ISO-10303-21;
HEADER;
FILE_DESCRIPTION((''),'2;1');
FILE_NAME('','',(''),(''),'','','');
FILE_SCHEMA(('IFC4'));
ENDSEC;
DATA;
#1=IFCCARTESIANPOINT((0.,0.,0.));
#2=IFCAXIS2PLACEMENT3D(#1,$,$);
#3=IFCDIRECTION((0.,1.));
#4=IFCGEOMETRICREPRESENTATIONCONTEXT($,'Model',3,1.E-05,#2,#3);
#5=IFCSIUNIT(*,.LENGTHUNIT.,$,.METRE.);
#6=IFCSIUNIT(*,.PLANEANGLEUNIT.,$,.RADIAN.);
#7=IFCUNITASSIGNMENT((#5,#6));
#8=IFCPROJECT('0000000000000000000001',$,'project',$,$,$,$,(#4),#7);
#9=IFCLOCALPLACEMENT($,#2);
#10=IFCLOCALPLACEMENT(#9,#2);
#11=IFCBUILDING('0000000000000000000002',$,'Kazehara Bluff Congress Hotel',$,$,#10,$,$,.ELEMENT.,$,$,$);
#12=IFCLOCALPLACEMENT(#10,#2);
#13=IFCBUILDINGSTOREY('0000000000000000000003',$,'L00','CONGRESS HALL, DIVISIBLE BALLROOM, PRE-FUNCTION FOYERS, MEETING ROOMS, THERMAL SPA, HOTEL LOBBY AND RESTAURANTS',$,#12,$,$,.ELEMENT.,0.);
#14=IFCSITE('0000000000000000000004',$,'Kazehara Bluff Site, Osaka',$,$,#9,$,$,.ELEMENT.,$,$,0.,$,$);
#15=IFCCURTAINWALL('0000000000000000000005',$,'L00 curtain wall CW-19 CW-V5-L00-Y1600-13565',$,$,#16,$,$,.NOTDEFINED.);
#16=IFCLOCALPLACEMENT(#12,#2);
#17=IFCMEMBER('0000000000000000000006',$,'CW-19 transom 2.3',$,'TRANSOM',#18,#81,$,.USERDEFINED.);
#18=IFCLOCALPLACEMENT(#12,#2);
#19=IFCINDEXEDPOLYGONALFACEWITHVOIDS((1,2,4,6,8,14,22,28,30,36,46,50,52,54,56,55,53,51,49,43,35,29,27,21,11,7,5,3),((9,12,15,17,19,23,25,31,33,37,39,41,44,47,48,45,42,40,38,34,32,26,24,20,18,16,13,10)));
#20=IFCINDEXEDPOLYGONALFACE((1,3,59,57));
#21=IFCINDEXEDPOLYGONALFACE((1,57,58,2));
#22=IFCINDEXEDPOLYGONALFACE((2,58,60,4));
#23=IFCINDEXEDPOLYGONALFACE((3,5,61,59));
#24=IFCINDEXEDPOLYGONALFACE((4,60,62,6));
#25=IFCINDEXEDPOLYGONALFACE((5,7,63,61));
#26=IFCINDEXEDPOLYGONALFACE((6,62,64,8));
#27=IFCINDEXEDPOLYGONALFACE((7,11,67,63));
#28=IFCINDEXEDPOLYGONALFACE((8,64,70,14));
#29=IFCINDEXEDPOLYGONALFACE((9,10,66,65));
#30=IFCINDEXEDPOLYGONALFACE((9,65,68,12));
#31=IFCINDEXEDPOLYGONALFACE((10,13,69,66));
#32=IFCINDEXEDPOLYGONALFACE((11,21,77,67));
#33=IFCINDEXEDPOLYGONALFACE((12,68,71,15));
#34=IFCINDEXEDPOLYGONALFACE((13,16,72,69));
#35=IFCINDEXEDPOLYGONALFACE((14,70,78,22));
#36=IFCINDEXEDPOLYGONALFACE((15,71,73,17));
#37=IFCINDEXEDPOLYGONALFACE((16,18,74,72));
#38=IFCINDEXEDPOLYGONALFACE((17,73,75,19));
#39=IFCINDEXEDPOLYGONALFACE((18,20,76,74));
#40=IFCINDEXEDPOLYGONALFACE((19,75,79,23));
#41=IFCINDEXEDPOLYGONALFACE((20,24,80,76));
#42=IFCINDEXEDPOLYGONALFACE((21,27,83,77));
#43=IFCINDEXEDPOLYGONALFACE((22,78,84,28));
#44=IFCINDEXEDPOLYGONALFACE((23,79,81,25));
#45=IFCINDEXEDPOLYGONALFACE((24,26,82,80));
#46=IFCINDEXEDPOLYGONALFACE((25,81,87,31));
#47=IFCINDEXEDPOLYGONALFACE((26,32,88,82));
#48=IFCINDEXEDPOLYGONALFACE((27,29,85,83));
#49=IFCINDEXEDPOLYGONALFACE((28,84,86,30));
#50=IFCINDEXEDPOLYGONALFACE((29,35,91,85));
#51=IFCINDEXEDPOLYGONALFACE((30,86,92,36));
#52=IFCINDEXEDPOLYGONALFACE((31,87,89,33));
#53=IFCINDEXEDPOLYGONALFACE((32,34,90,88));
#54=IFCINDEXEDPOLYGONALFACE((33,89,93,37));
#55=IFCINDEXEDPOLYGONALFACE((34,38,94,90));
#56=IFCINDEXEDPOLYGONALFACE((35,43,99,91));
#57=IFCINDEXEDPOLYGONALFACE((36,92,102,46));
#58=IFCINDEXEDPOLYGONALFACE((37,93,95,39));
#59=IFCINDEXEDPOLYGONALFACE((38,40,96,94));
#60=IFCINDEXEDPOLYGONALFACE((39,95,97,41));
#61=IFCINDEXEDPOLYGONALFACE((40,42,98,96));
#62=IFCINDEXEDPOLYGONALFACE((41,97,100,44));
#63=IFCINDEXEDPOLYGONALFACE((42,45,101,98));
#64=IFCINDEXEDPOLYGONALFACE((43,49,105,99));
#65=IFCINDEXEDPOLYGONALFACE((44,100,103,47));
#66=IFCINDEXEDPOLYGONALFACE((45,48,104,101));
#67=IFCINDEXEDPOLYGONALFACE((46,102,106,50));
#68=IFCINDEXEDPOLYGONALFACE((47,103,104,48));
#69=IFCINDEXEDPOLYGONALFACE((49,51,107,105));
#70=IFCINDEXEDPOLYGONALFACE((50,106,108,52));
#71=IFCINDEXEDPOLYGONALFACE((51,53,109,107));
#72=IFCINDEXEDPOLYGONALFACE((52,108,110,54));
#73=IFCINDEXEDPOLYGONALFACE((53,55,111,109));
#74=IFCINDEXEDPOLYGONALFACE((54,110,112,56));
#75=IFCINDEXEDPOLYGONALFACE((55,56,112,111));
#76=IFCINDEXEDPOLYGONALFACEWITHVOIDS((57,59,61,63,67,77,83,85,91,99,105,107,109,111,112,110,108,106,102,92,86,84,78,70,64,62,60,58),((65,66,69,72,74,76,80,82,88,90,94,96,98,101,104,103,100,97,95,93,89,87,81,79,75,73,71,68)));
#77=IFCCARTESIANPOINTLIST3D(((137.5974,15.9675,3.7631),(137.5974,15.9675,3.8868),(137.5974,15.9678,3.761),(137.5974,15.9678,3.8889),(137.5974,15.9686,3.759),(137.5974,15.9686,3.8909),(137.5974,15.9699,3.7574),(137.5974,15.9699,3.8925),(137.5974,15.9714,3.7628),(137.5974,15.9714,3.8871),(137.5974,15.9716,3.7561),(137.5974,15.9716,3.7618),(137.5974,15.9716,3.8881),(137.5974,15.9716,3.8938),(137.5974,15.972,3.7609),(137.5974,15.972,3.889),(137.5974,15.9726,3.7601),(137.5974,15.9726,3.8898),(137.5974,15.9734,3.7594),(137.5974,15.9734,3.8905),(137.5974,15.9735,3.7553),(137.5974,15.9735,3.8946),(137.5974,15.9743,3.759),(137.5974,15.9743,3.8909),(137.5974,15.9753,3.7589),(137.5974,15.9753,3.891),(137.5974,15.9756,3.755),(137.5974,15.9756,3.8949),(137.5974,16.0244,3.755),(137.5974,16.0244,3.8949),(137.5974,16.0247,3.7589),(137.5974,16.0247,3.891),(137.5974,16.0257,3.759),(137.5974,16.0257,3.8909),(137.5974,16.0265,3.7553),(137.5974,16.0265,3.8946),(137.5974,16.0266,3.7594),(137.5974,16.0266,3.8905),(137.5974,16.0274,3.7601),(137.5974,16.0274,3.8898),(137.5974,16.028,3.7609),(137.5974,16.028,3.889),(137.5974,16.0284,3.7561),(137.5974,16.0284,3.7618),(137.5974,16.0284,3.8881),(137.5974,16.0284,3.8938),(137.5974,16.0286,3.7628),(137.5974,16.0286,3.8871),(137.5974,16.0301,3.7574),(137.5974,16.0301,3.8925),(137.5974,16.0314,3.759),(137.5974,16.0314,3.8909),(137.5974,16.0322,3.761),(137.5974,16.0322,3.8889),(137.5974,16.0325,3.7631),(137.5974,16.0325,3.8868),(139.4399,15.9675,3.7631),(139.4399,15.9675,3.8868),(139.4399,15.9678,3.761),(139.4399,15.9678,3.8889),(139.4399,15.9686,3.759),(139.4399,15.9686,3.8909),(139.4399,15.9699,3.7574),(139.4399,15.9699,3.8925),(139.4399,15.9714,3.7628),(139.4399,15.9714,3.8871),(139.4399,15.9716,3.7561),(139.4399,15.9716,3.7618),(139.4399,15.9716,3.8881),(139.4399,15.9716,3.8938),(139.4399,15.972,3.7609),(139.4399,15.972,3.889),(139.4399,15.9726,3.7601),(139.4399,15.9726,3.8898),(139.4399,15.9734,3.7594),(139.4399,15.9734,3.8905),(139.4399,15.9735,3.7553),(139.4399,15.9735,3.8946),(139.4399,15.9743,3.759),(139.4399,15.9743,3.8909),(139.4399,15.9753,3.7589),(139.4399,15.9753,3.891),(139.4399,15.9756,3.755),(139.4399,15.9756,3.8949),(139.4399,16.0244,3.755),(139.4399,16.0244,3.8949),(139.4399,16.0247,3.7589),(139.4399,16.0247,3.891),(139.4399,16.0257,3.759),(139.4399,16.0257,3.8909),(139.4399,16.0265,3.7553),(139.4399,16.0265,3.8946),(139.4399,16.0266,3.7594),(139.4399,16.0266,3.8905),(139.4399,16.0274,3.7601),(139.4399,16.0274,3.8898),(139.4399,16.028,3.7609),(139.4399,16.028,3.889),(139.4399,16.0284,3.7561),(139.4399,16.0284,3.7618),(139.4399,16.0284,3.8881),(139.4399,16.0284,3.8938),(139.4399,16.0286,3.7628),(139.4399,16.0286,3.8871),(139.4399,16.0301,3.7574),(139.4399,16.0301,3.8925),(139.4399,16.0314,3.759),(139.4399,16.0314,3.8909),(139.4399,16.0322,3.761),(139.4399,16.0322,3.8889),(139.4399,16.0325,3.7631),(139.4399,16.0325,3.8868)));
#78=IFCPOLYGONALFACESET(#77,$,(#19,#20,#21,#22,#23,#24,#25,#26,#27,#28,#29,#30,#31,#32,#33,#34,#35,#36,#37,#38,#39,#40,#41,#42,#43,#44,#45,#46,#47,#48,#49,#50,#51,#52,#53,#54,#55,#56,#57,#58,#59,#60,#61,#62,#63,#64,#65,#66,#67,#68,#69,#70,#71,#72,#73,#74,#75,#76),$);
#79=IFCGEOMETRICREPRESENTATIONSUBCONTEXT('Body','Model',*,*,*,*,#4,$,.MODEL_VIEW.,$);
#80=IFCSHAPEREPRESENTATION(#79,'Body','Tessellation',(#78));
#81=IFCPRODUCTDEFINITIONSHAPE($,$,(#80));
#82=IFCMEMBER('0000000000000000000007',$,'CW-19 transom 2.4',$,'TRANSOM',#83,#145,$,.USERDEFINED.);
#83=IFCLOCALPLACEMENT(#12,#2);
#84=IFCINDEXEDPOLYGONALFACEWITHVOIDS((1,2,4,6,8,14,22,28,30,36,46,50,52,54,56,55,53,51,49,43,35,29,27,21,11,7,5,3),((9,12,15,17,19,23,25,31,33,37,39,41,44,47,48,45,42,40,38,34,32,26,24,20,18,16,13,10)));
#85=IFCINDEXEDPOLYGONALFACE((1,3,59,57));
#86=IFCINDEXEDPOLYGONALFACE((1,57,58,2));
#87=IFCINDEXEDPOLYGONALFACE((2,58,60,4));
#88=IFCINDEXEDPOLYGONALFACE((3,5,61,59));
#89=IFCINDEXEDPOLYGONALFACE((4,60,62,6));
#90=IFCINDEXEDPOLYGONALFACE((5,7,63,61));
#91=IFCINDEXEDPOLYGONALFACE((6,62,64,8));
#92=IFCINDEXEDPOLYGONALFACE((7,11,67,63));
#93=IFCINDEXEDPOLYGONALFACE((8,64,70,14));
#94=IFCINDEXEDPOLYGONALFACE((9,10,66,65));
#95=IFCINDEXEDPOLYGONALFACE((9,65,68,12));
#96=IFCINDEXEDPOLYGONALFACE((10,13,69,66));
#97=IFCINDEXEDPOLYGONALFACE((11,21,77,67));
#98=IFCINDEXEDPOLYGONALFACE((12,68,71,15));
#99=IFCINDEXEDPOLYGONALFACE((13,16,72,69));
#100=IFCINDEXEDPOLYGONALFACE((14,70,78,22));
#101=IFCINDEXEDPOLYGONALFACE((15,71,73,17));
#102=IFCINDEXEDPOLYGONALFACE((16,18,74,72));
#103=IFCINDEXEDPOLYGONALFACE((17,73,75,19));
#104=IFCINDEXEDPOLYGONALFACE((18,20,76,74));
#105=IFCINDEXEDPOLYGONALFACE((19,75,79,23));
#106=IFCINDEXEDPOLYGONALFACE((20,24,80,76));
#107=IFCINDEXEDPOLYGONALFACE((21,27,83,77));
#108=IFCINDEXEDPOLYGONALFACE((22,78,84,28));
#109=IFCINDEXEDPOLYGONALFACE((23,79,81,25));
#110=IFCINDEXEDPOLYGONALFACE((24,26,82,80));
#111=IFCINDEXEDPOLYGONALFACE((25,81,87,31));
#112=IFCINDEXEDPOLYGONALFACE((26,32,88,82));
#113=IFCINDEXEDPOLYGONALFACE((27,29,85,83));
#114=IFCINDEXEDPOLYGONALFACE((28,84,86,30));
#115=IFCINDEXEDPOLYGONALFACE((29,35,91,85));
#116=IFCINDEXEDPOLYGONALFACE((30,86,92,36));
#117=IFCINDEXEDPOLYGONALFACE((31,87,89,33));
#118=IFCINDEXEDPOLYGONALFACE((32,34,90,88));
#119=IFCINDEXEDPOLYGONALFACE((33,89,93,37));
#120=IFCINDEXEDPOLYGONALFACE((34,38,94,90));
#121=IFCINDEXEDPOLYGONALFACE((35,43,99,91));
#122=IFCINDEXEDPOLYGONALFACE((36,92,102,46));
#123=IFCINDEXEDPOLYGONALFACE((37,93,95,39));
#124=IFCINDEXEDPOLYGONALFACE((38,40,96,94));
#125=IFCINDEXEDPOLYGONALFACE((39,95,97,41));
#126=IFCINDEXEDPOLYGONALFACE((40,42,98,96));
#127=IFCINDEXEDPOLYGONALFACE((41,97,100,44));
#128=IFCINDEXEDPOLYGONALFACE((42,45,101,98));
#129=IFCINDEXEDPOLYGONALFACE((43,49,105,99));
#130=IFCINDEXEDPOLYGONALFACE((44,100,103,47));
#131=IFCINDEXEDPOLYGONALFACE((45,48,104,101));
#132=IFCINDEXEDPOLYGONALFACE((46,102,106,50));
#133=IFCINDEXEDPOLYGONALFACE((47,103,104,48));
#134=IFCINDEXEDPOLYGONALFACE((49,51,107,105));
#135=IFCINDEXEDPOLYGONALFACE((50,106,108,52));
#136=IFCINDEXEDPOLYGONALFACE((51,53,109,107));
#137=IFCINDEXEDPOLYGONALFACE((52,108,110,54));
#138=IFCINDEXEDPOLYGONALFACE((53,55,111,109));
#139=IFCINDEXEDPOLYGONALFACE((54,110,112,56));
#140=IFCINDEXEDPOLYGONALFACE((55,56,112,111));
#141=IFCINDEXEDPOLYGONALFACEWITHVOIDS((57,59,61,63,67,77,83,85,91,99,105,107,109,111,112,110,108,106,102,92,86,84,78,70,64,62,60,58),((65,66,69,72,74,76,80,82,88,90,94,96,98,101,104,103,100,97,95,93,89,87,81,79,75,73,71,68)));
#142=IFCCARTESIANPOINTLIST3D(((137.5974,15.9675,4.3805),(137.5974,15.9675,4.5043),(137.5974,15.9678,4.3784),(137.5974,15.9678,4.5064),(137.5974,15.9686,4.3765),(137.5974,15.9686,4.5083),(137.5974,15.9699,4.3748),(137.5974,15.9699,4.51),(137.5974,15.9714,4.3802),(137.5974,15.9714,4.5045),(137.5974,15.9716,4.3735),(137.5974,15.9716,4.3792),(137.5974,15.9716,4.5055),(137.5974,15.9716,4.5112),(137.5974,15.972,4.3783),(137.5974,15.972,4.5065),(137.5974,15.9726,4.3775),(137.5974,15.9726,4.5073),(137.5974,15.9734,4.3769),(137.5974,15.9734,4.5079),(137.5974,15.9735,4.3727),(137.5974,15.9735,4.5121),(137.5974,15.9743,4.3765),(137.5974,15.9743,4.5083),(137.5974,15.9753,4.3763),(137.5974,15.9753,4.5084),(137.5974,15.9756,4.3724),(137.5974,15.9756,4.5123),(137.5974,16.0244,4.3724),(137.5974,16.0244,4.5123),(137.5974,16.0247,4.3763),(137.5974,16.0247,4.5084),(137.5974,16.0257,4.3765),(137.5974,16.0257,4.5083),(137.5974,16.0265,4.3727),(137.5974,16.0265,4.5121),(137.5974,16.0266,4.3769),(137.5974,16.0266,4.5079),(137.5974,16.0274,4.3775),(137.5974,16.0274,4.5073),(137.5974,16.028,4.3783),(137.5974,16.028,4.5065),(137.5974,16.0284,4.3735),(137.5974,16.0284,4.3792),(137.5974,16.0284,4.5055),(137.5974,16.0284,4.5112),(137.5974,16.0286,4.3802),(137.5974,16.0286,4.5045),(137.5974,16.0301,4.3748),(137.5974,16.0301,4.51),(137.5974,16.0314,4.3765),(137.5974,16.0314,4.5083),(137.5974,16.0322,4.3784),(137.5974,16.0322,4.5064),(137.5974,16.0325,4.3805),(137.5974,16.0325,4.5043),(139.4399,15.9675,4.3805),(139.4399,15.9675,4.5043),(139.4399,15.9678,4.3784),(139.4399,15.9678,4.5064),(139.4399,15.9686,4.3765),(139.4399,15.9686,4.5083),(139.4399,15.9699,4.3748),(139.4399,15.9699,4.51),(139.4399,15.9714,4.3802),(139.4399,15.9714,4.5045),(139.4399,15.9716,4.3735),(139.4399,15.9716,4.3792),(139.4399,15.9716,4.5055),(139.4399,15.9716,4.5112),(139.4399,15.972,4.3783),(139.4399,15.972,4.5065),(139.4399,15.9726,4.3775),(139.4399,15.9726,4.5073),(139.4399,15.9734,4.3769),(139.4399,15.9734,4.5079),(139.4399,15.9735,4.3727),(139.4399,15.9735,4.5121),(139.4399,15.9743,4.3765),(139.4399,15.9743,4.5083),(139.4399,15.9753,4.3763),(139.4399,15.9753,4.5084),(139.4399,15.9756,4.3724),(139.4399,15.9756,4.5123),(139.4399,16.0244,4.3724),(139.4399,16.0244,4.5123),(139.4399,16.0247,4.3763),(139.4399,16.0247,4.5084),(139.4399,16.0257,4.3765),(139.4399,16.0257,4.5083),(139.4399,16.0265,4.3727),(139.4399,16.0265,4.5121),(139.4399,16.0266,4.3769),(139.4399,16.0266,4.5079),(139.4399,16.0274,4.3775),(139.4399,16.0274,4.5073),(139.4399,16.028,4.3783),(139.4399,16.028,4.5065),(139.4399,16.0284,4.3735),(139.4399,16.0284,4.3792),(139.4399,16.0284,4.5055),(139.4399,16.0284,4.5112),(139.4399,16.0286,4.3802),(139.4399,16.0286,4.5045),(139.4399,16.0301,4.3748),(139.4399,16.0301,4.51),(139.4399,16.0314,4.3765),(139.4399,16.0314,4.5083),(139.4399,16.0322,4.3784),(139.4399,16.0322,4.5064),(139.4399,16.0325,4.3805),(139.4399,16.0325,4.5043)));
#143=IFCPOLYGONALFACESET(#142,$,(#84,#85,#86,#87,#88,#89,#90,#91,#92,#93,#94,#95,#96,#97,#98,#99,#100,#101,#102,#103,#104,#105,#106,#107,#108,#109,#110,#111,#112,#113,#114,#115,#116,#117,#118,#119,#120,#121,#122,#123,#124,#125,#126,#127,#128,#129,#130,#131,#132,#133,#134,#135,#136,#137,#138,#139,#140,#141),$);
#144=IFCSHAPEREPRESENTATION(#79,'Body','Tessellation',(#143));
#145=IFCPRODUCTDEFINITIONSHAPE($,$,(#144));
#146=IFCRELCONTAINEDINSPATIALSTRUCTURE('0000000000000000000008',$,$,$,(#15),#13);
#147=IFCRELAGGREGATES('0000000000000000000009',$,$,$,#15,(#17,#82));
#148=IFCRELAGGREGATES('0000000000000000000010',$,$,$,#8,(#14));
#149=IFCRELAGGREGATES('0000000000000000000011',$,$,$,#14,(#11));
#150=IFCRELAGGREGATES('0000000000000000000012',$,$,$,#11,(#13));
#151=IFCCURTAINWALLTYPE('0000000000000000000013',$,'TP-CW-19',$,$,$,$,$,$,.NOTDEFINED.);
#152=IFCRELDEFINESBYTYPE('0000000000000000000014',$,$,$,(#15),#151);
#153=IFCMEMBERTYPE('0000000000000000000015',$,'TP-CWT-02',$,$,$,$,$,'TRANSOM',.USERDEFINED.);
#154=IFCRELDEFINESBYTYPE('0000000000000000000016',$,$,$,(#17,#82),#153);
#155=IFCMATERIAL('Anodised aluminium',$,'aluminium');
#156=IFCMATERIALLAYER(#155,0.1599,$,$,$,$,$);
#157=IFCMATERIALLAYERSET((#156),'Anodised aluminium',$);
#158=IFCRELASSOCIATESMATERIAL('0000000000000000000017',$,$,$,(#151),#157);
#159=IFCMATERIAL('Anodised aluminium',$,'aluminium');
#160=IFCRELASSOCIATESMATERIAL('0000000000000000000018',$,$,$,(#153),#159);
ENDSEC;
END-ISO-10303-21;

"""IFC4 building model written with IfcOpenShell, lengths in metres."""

from ifc_helpers import new_model, si_unit, direction, frame, origin, origin_2d, place, context, subcontext, project, spatial, hollow_rectangle, extrude, material, layer, layer_set, material_profile, profile_set, type_object, element, aggregate, save


model = new_model("IFC4")

# Units and contexts
model_context = context("Model", 3, precision=1e-05, world=origin(), true_north=direction((0.0, 1.0)))
body_context = subcontext(model_context, "Body", "Model", "MODEL_VIEW")
ifc_project = project(units=[si_unit("LENGTHUNIT", "METRE"), si_unit("PLANEANGLEUNIT", "RADIAN")], contexts=[model_context])

# Site, building, storey
site_placement = place(None, origin())
site = spatial("IfcSite", under=ifc_project, at=site_placement, Name="Kazehara Bluff Site, Osaka", CompositionType="ELEMENT", RefElevation=0.0)
building_placement = place(site_placement, origin())
building = spatial("IfcBuilding", under=site, at=building_placement, Name="Kazehara Bluff Congress Hotel", CompositionType="ELEMENT")
storey_placement = place(building_placement, origin())
storey = spatial("IfcBuildingStorey", under=building, at=storey_placement, Name="L00", Description="CONGRESS HALL, DIVISIBLE BALLROOM, PRE-FUNCTION FOYERS, MEETING ROOMS, THERMAL SPA, HOTEL LOBBY AND RESTAURANTS", CompositionType="ELEMENT", Elevation=0.0)

# Curtain wall
ifc_material_1 = material(Name="Anodised aluminium", Category="aluminium")
ifc_layer_1 = layer(ifc_material_1, 0.1599)
ifc_layer_set_1 = layer_set([ifc_layer_1], Name="Anodised aluminium")
curtain_wall_type_1 = type_object("IfcCurtainWallType", Name="TP-CW-19", PredefinedType="NOTDEFINED", material=ifc_layer_set_1)
curtain_wall_1_placement = place(storey_placement, origin())
curtain_wall_1 = element("IfcCurtainWall", 1, at=curtain_wall_1_placement, inside=storey, type_object=curtain_wall_type_1, Name="L00 curtain wall CW-19 CW-V5-L00-Y1600-13565", PredefinedType="NOTDEFINED")

# Members
ifc_material_2 = material(Name="Anodised aluminium", Category="aluminium")
ifc_material_profile_1 = material_profile(ifc_material_2, hollow_rectangle(XDim=0.0649, YDim=0.1399, WallThickness=0.0039, InnerFilletRadius=0.0039, OuterFilletRadius=0.0081, at=origin_2d()))
ifc_profile_set_1 = profile_set([ifc_material_profile_1], Name="Anodised aluminium")
member_type_1 = type_object("IfcMemberType", Name="TP-CWT-02", ElementType="TRANSOM", PredefinedType="USERDEFINED", material=ifc_profile_set_1)
member_1_placement = place(storey_placement, frame((137.5974, 16.0, 3.825), z_axis=(1.0, 0.0, 0.0), x_axis=(0.0, 1.0, 0.0)))
member_1 = element("IfcMember", 2, at=member_1_placement, type_object=member_type_1, Name="CW-19 transom 2.3", ObjectType="TRANSOM", PredefinedType="USERDEFINED", context=body_context, shape_type="SweptSolid", body=[
    extrude(hollow_rectangle(XDim=0.0649, YDim=0.1399, WallThickness=0.0039, InnerFilletRadius=0.0039, OuterFilletRadius=0.0081, at=origin_2d()), origin(), (0.0, 0.0, 1.0), 1.8425),
])
member_2_placement = place(storey_placement, frame((137.5974, 16.0, 4.4424), z_axis=(1.0, 0.0, 0.0), x_axis=(0.0, 1.0, 0.0)))
member_2 = element("IfcMember", 3, at=member_2_placement, type_object=member_type_1, Name="CW-19 transom 2.4", ObjectType="TRANSOM", PredefinedType="USERDEFINED", context=body_context, shape_type="SweptSolid", body=[
    extrude(hollow_rectangle(XDim=0.0649, YDim=0.1399, WallThickness=0.0039, InnerFilletRadius=0.0039, OuterFilletRadius=0.0081, at=origin_2d()), origin(), (0.0, 0.0, 1.0), 1.8425),
])

aggregate(curtain_wall_1, [member_1, member_2])

save(model, "model.ifc")
